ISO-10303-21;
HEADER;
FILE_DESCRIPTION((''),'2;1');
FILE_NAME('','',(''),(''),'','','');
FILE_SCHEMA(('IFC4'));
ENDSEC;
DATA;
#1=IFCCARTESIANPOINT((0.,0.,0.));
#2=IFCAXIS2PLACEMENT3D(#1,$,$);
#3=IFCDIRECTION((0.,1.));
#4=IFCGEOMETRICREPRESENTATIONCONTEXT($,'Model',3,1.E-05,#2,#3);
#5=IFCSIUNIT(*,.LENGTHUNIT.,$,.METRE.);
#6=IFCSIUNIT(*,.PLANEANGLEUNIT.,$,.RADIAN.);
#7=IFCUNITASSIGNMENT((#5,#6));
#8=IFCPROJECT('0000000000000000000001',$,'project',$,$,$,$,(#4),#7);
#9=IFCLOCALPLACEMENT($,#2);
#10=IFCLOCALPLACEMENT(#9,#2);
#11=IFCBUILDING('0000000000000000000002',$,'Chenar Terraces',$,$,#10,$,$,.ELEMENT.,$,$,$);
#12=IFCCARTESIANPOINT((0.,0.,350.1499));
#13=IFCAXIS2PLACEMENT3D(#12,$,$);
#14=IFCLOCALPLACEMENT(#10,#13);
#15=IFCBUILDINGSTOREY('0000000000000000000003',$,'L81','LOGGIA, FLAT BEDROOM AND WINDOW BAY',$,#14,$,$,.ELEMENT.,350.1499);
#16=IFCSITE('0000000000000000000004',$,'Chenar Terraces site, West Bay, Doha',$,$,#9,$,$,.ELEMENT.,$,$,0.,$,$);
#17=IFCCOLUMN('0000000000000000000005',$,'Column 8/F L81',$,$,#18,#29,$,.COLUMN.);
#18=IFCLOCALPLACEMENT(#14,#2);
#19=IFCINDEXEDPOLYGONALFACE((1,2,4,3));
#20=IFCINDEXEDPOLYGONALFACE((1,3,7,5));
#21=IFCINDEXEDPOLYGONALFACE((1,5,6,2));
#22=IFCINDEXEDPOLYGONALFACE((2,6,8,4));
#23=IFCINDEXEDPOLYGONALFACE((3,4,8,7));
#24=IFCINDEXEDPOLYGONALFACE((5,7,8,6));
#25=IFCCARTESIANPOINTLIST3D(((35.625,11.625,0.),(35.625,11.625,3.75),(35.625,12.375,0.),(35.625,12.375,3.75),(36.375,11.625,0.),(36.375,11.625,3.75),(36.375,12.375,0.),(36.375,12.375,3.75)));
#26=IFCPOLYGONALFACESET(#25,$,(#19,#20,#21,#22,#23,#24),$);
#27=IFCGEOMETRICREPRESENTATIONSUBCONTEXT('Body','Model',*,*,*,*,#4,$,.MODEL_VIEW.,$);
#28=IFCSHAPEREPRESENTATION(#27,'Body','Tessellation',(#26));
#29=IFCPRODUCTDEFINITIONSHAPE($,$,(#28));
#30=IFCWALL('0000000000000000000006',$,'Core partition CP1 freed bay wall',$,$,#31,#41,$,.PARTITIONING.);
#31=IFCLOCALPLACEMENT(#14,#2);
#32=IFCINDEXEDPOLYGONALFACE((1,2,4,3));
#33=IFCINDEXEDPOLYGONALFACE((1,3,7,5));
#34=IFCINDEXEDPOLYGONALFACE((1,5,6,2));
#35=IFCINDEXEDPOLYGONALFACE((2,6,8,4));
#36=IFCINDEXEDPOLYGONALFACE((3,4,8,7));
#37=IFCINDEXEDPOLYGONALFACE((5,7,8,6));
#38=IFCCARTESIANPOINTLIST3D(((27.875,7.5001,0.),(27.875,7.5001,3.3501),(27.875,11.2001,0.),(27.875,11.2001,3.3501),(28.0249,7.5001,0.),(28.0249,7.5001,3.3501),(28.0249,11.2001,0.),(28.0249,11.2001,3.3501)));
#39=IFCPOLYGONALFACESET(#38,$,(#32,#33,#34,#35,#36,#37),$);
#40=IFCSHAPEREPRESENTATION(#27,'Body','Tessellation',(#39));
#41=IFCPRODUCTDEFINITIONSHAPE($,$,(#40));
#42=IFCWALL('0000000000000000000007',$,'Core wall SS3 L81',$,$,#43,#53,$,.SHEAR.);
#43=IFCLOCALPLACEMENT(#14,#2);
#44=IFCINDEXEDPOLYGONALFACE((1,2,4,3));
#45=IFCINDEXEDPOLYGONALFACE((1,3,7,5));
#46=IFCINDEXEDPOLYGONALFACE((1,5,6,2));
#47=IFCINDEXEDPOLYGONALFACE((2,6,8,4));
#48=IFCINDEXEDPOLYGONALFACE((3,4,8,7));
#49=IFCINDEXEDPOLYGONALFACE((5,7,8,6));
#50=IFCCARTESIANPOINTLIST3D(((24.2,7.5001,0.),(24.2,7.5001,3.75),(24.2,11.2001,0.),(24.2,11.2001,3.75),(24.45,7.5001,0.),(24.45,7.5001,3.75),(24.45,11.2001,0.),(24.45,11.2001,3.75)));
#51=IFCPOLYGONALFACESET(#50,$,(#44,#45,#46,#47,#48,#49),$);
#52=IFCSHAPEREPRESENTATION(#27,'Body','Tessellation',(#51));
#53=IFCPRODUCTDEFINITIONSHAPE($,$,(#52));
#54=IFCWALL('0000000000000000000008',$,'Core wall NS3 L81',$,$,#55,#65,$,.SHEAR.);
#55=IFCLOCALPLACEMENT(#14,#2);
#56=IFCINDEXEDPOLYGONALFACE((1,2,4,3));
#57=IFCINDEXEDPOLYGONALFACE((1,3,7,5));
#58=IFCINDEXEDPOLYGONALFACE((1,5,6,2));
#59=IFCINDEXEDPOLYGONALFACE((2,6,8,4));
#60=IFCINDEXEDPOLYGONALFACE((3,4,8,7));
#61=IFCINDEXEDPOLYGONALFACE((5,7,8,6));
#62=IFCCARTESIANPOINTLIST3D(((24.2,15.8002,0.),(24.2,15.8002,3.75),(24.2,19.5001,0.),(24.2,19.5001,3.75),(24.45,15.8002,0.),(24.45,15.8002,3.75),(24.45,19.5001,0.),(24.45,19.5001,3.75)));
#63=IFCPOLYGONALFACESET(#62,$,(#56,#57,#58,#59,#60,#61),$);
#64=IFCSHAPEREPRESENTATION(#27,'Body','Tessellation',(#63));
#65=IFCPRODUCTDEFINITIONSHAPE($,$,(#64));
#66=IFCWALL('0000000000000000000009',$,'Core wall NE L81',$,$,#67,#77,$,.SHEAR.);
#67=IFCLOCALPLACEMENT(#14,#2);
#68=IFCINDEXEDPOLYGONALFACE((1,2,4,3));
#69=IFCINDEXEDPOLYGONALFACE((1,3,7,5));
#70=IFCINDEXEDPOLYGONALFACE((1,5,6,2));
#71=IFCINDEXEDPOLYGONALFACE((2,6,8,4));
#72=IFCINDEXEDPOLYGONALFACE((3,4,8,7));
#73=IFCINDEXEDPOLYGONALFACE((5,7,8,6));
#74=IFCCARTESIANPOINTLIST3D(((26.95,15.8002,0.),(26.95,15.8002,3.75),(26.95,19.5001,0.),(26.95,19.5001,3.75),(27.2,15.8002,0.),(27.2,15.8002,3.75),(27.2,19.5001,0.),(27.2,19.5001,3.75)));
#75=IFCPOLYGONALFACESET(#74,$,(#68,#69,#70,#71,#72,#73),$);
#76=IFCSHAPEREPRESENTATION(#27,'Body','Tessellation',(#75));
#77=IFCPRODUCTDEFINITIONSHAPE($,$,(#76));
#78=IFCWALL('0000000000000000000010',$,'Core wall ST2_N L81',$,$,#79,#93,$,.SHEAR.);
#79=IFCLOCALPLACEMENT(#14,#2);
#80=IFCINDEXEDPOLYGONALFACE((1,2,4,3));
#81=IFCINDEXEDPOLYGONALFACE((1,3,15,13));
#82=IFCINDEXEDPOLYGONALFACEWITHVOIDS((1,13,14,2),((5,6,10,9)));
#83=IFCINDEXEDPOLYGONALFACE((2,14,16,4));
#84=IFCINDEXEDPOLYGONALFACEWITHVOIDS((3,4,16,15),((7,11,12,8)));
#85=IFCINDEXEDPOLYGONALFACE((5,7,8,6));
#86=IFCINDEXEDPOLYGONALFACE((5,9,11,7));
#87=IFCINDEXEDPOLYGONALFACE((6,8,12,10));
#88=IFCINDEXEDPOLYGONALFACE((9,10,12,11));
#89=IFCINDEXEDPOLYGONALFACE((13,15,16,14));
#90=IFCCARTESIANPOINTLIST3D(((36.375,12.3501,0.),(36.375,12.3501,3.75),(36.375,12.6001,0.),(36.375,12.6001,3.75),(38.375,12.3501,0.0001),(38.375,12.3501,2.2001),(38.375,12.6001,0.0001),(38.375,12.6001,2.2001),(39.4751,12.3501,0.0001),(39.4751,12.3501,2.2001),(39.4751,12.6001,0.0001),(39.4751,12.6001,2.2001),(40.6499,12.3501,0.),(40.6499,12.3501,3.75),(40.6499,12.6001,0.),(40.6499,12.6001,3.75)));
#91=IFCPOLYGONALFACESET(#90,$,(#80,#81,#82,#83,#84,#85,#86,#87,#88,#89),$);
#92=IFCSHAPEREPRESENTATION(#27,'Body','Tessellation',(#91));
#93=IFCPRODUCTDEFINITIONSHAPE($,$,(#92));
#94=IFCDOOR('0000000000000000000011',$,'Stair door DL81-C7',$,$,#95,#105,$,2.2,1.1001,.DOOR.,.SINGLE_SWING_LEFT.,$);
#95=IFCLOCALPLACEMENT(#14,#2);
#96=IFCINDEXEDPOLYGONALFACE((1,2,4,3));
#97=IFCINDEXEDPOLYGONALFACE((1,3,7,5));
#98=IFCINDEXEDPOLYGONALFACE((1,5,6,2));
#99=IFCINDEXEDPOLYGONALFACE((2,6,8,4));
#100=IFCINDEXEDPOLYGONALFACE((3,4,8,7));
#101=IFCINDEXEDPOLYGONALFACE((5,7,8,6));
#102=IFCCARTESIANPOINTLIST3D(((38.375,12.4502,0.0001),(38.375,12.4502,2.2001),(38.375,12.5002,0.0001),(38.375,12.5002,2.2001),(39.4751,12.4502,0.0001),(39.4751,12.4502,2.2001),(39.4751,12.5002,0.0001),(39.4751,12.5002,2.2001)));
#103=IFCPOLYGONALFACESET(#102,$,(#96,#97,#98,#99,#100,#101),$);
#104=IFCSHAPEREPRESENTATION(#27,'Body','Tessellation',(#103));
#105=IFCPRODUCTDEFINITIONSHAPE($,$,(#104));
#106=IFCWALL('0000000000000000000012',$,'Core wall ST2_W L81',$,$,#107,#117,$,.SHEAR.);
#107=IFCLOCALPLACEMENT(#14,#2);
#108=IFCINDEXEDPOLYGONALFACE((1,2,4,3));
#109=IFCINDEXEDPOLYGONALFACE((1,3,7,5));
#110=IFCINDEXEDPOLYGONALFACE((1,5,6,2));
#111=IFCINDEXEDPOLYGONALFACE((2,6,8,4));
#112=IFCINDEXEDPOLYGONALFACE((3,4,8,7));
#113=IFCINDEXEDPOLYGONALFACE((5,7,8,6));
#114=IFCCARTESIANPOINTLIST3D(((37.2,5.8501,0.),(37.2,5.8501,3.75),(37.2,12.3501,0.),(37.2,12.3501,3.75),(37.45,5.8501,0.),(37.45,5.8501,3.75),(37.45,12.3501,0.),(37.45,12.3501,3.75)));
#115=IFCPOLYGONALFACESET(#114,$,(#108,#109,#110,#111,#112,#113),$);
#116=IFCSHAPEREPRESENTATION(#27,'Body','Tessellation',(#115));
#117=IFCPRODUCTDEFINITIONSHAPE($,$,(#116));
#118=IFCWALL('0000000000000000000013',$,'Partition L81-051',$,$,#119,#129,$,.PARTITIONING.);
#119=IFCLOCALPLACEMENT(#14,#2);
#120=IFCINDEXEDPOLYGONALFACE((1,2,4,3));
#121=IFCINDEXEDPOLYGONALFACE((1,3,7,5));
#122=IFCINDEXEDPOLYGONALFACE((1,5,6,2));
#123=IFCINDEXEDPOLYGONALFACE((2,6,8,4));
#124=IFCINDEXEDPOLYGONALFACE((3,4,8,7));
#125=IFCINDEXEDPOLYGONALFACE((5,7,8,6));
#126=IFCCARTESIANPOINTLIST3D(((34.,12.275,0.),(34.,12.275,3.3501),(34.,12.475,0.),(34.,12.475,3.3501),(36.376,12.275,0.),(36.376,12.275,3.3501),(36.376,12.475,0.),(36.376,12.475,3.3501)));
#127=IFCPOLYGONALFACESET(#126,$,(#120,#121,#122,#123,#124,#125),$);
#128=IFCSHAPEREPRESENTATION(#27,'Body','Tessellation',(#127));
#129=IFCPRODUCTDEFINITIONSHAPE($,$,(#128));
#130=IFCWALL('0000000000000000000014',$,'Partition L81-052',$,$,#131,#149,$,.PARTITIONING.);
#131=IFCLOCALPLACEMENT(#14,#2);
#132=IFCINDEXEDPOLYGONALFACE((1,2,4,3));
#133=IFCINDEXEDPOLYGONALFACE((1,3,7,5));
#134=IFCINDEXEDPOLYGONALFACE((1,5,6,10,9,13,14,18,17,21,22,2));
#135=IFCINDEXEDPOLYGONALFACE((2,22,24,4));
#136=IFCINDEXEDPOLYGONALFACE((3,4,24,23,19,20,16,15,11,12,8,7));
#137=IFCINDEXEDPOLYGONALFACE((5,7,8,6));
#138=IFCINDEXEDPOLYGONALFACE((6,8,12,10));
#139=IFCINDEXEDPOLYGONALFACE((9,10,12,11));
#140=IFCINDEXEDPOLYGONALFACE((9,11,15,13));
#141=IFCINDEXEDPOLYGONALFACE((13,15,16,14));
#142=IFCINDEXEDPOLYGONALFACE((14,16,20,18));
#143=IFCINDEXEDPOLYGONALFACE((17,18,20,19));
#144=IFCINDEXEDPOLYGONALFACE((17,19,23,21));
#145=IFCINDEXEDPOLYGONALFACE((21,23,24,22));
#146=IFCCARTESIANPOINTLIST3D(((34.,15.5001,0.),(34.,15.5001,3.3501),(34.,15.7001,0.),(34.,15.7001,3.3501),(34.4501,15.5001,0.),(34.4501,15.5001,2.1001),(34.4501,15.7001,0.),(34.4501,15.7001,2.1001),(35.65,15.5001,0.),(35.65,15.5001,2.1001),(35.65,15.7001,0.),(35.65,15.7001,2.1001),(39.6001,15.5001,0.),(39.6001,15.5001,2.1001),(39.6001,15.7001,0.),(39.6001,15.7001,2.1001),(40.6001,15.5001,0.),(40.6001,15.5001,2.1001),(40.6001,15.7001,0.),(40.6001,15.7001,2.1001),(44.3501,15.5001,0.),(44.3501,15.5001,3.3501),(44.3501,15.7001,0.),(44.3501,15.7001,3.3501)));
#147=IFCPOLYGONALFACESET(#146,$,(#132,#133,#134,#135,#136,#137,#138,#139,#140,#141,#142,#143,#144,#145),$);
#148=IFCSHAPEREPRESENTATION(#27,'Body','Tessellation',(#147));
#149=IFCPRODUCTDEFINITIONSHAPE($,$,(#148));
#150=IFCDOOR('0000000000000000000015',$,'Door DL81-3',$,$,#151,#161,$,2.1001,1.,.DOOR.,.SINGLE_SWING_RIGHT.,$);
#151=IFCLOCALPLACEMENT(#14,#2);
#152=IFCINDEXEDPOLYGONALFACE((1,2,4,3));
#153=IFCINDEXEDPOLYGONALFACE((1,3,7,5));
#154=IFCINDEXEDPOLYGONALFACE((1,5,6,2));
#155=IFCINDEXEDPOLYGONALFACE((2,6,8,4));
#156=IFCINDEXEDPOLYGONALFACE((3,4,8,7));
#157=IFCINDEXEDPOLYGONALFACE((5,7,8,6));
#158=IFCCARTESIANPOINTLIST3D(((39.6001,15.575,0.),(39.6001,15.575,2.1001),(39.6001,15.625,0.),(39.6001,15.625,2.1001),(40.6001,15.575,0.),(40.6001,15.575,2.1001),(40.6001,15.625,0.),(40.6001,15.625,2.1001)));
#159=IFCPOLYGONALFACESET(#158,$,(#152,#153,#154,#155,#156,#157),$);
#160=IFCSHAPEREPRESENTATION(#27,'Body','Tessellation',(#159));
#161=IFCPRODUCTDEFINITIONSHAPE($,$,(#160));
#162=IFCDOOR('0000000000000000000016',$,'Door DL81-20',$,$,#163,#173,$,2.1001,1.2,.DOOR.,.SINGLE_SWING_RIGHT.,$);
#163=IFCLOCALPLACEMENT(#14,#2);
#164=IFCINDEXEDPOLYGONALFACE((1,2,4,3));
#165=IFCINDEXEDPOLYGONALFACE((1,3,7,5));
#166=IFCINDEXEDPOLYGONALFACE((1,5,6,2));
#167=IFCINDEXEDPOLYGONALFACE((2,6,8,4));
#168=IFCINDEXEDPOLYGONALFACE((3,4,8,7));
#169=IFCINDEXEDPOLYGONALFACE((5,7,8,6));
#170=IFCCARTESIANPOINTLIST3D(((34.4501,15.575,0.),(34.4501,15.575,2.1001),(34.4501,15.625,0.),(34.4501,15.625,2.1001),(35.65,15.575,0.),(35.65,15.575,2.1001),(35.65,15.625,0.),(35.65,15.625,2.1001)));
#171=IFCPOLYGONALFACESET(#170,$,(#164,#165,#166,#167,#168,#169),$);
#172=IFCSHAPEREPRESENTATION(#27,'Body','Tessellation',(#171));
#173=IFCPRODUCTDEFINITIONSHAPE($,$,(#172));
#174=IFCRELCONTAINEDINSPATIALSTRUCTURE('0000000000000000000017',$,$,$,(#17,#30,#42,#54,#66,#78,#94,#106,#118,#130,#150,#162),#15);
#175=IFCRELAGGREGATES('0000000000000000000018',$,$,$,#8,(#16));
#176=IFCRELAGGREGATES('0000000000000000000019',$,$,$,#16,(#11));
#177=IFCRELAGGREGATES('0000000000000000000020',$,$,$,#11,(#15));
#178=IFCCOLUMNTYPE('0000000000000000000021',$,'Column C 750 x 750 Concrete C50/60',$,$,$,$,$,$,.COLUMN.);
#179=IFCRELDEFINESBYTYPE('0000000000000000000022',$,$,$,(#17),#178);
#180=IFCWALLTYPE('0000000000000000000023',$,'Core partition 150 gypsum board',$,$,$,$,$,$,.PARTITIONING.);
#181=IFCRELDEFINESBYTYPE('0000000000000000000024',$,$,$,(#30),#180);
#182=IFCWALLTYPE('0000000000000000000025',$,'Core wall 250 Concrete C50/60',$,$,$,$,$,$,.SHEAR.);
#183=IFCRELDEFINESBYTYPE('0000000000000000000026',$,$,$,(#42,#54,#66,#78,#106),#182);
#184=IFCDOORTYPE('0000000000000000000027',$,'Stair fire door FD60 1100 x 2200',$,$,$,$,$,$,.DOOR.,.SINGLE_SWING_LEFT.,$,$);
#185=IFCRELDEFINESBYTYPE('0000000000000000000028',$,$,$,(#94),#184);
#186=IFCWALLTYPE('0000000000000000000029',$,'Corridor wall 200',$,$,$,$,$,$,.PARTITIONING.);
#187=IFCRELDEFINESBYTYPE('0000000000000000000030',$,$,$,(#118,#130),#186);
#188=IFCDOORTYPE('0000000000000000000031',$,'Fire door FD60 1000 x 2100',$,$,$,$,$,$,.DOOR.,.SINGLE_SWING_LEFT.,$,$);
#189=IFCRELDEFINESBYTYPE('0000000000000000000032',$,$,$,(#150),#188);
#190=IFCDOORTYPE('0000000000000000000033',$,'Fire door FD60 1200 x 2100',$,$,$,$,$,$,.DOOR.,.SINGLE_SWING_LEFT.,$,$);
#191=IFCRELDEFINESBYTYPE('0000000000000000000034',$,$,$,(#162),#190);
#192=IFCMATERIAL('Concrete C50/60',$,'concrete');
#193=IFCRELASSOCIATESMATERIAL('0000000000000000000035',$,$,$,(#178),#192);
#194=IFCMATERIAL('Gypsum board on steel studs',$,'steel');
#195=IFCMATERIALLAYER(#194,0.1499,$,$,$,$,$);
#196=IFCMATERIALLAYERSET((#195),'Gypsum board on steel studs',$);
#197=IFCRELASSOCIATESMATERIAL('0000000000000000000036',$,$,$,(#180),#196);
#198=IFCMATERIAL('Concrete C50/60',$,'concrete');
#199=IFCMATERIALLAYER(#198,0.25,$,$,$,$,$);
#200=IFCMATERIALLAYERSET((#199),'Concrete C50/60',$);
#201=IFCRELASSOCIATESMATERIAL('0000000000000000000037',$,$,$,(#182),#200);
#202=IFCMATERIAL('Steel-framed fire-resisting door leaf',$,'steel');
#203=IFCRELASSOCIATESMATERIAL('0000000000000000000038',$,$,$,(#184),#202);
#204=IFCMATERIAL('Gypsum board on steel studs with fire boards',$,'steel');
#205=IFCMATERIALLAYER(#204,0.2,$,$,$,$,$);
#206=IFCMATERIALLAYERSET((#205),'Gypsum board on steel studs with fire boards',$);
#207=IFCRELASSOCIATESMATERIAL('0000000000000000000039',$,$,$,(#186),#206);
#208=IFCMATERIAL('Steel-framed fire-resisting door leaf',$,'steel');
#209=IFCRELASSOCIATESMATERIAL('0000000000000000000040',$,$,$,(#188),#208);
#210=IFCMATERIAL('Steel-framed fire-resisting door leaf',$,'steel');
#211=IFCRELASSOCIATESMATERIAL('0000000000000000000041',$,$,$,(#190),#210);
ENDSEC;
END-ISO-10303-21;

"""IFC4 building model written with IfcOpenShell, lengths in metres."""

from ifc_helpers import new_model, si_unit, direction, frame, frame_2d, origin, origin_2d, place, context, subcontext, project, spatial, rectangle, extrude, material, layer, layer_set, material_profile, profile_set, type_object, element, fill, save


model = new_model("IFC4")

# Units and contexts
model_context = context("Model", 3, precision=1e-05, world=origin(), true_north=direction((0.0, 1.0)))
body_context = subcontext(model_context, "Body", "Model", "MODEL_VIEW")
ifc_project = project(units=[si_unit("LENGTHUNIT", "METRE"), si_unit("PLANEANGLEUNIT", "RADIAN")], contexts=[model_context])

# Site, building, storey
site_placement = place(None, origin())
site = spatial("IfcSite", under=ifc_project, at=site_placement, Name="Chenar Terraces site, West Bay, Doha", CompositionType="ELEMENT", RefElevation=0.0)
building_placement = place(site_placement, origin())
building = spatial("IfcBuilding", under=site, at=building_placement, Name="Chenar Terraces", CompositionType="ELEMENT")
storey_placement = place(building_placement, frame((0.0, 0.0, 350.1499)))
storey = spatial("IfcBuildingStorey", under=building, at=storey_placement, Name="L81", Description="LOGGIA, FLAT BEDROOM AND WINDOW BAY", CompositionType="ELEMENT", Elevation=350.1499)

# Column
ifc_material_1 = material(Name="Concrete C50/60", Category="concrete")
ifc_material_profile = material_profile(ifc_material_1, rectangle(XDim=0.75, YDim=0.75, at=origin_2d()), Name="C 750 x 750")
ifc_profile_set = profile_set([ifc_material_profile], Name="Concrete C50/60")
column_type = type_object("IfcColumnType", Name="Column C 750 x 750 Concrete C50/60", PredefinedType="COLUMN", material=ifc_profile_set)
column_placement = place(storey_placement, frame((36.0, 12.0, 0.0), z_axis=(0.0, 0.0, 1.0), x_axis=(1.0, 0.0, 0.0)))
element("IfcColumn", 1, at=column_placement, inside=storey, type_object=column_type, Name="Column 8/F L81", PredefinedType="COLUMN", context=body_context, shape_type="SweptSolid", body=[
    extrude(rectangle(XDim=0.75, YDim=0.75, at=origin_2d()), origin(), (0.0, 0.0, 1.0), 3.75),
])

# Walls
ifc_material_2 = material(Name="Gypsum board on steel studs", Category="steel")
ifc_layer_1 = layer(ifc_material_2, 0.1499)
ifc_layer_set_1 = layer_set([ifc_layer_1], Name="Gypsum board on steel studs")
wall_type_1 = type_object("IfcWallType", Name="Core partition 150 gypsum board", PredefinedType="PARTITIONING", material=ifc_layer_set_1)
wall_1_placement = place(storey_placement, frame((27.95, 7.5, 0.0), z_axis=(0.0, 0.0, 1.0), x_axis=(0.0, 1.0, 0.0)))
element("IfcWall", 2, at=wall_1_placement, inside=storey, type_object=wall_type_1, Name="Core partition CP1 freed bay wall", PredefinedType="PARTITIONING", context=body_context, shape_type="SweptSolid", body=[
    extrude(rectangle(XDim=3.7, YDim=0.1499, at=frame_2d((1.8501, 0.0))), origin(), (0.0, 0.0, 1.0), 3.3501),
])
ifc_material_3 = material(Name="Concrete C50/60", Category="concrete")
ifc_layer_2 = layer(ifc_material_3, 0.25)
ifc_layer_set_2 = layer_set([ifc_layer_2], Name="Concrete C50/60")
wall_type_2 = type_object("IfcWallType", Name="Core wall 250 Concrete C50/60", PredefinedType="SHEAR", material=ifc_layer_set_2)
for number, where, z_axis, x_axis, name in (
    (3, (24.325, 7.5, 0.0), (0.0, 0.0, 1.0), (0.0, 1.0, 0.0), "Core wall SS3 L81"),
    (4, (24.325, 15.8, 0.0), (0.0, 0.0, 1.0), (0.0, 1.0, 0.0), "Core wall NS3 L81"),
    (5, (27.075, 15.8, 0.0), (0.0, 0.0, 1.0), (0.0, 1.0, 0.0), "Core wall NE L81"),
):
    element("IfcWall", number, at=place(storey_placement, frame(where, z_axis=z_axis, x_axis=x_axis)), inside=storey, type_object=wall_type_2, Name=name, PredefinedType="SHEAR", context=body_context, shape_type="SweptSolid", body=[
        extrude(rectangle(XDim=3.7, YDim=0.25, at=frame_2d((1.8501, 0.0))), origin(), (0.0, 0.0, 1.0), 3.75),
    ])

# Wall, opening, door
wall_2_placement = place(storey_placement, frame((36.375, 12.4751, 0.0), z_axis=(0.0, 0.0, 1.0), x_axis=(1.0, 0.0, 0.0)))
wall_2 = element("IfcWall", 6, at=wall_2_placement, inside=storey, type_object=wall_type_2, Name="Core wall ST2_N L81", PredefinedType="SHEAR", context=body_context, shape_type="SweptSolid", body=[
    extrude(rectangle(XDim=4.2749, YDim=0.25, at=frame_2d((2.1375, 0.0))), origin(), (0.0, 0.0, 1.0), 3.75),
])
opening_1_placement = place(wall_2_placement, frame((2.0, 0.0, 0.0)))
opening_1 = element("IfcOpeningElement", 7, at=opening_1_placement, cuts=wall_2, PredefinedType="OPENING", context=body_context, shape_type="SweptSolid", body=[
    extrude(rectangle(XDim=1.1001, YDim=2.2, at=frame_2d((0.55, 1.1001))), frame((0.0, 0.135, 0.0), z_axis=(0.0, -1.0, 0.0), x_axis=(1.0, 0.0, 0.0)), (0.0, 0.0, 1.0), 0.27),
])
ifc_material_4 = material(Name="Steel-framed fire-resisting door leaf", Category="steel")
door_type_1 = type_object("IfcDoorType", Name="Stair fire door FD60 1100 x 2200", OperationType="SINGLE_SWING_LEFT", PredefinedType="DOOR", material=ifc_material_4)
door_1_placement = place(opening_1_placement, frame((1.1001, 0.0, 0.0), z_axis=(0.0, 0.0, 1.0), x_axis=(-1.0, 0.0, 0.0)))
door_1 = element("IfcDoor", 8, at=door_1_placement, inside=storey, type_object=door_type_1, Name="Stair door DL81-C7", OperationType="SINGLE_SWING_LEFT", OverallHeight=2.2, OverallWidth=1.1001, PredefinedType="DOOR", context=body_context, shape_type="SweptSolid", body=[
    extrude(rectangle(XDim=1.1001, YDim=2.2, at=frame_2d((0.55, 1.1001))), frame((0.0, 0.0249, 0.0), z_axis=(0.0, -1.0, 0.0), x_axis=(1.0, 0.0, 0.0)), (0.0, 0.0, 1.0), 0.05),
])
fill(opening_1, door_1)

# Wall
wall_3_placement = place(storey_placement, frame((37.325, 5.8501, 0.0), z_axis=(0.0, 0.0, 1.0), x_axis=(0.0, 1.0, 0.0)))
element("IfcWall", 9, at=wall_3_placement, inside=storey, type_object=wall_type_2, Name="Core wall ST2_W L81", PredefinedType="SHEAR", context=body_context, shape_type="SweptSolid", body=[
    extrude(rectangle(XDim=6.5, YDim=0.25, at=frame_2d((3.25, 0.0))), origin(), (0.0, 0.0, 1.0), 3.75),
])

# Wall
ifc_material_5 = material(Name="Gypsum board on steel studs with fire boards", Category="steel")
ifc_layer_3 = layer(ifc_material_5, 0.2)
ifc_layer_set_3 = layer_set([ifc_layer_3], Name="Gypsum board on steel studs with fire boards")
wall_type_3 = type_object("IfcWallType", Name="Corridor wall 200", PredefinedType="PARTITIONING", material=ifc_layer_set_3)
wall_4_placement = place(storey_placement, frame((34.0, 12.375, 0.0), z_axis=(0.0, 0.0, 1.0), x_axis=(1.0, 0.0, 0.0)))
element("IfcWall", 10, at=wall_4_placement, inside=storey, type_object=wall_type_3, Name="Partition L81-051", PredefinedType="PARTITIONING", context=body_context, shape_type="SweptSolid", body=[
    extrude(rectangle(XDim=2.376, YDim=0.2, at=frame_2d((1.188, 0.0))), origin(), (0.0, 0.0, 1.0), 3.3501),
])

# Wall, openings, doors
wall_5_placement = place(storey_placement, frame((34.0, 15.6001, 0.0), z_axis=(0.0, 0.0, 1.0), x_axis=(1.0, 0.0, 0.0)))
wall_5 = element("IfcWall", 11, at=wall_5_placement, inside=storey, type_object=wall_type_3, Name="Partition L81-052", PredefinedType="PARTITIONING", context=body_context, shape_type="SweptSolid", body=[
    extrude(rectangle(XDim=10.3501, YDim=0.2, at=frame_2d((5.175, 0.0))), origin(), (0.0, 0.0, 1.0), 3.3501),
])
opening_2_placement = place(wall_5_placement, frame((5.6001, 0.0, 0.0)))
opening_2 = element("IfcOpeningElement", 12, at=opening_2_placement, cuts=wall_5, PredefinedType="OPENING", context=body_context, shape_type="SweptSolid", body=[
    extrude(rectangle(XDim=1.0, YDim=2.1001, at=frame_2d((0.5, 1.05))), frame((0.0, 0.1099, 0.0), z_axis=(0.0, -1.0, 0.0), x_axis=(1.0, 0.0, 0.0)), (0.0, 0.0, 1.0), 0.22),
])
opening_3_placement = place(wall_5_placement, frame((0.45, 0.0, 0.0)))
opening_3 = element("IfcOpeningElement", 13, at=opening_3_placement, cuts=wall_5, PredefinedType="OPENING", context=body_context, shape_type="SweptSolid", body=[
    extrude(rectangle(XDim=1.2, YDim=2.1001, at=frame_2d((0.6001, 1.05))), frame((0.0, 0.1099, 0.0), z_axis=(0.0, -1.0, 0.0), x_axis=(1.0, 0.0, 0.0)), (0.0, 0.0, 1.0), 0.22),
])
ifc_material_6 = material(Name="Steel-framed fire-resisting door leaf", Category="steel")
door_type_2 = type_object("IfcDoorType", Name="Fire door FD60 1000 x 2100", OperationType="SINGLE_SWING_LEFT", PredefinedType="DOOR", material=ifc_material_6)
door_2_placement = place(opening_2_placement, origin())
door_2 = element("IfcDoor", 14, at=door_2_placement, inside=storey, type_object=door_type_2, Name="Door DL81-3", OperationType="SINGLE_SWING_RIGHT", OverallHeight=2.1001, OverallWidth=1.0, PredefinedType="DOOR", context=body_context, shape_type="SweptSolid", body=[
    extrude(rectangle(XDim=1.0, YDim=2.1001, at=frame_2d((0.5, 1.05))), frame((0.0, 0.0249, 0.0), z_axis=(0.0, -1.0, 0.0), x_axis=(1.0, 0.0, 0.0)), (0.0, 0.0, 1.0), 0.05),
])
fill(opening_2, door_2)
ifc_material_7 = material(Name="Steel-framed fire-resisting door leaf", Category="steel")
door_type_3 = type_object("IfcDoorType", Name="Fire door FD60 1200 x 2100", OperationType="SINGLE_SWING_LEFT", PredefinedType="DOOR", material=ifc_material_7)
door_3_placement = place(opening_3_placement, origin())
door_3 = element("IfcDoor", 15, at=door_3_placement, inside=storey, type_object=door_type_3, Name="Door DL81-20", OperationType="SINGLE_SWING_RIGHT", OverallHeight=2.1001, OverallWidth=1.2, PredefinedType="DOOR", context=body_context, shape_type="SweptSolid", body=[
    extrude(rectangle(XDim=1.2, YDim=2.1001, at=frame_2d((0.6001, 1.05))), frame((0.0, 0.0249, 0.0), z_axis=(0.0, -1.0, 0.0), x_axis=(1.0, 0.0, 0.0)), (0.0, 0.0, 1.0), 0.05),
])
fill(opening_3, door_3)

save(model, "model.ifc")
